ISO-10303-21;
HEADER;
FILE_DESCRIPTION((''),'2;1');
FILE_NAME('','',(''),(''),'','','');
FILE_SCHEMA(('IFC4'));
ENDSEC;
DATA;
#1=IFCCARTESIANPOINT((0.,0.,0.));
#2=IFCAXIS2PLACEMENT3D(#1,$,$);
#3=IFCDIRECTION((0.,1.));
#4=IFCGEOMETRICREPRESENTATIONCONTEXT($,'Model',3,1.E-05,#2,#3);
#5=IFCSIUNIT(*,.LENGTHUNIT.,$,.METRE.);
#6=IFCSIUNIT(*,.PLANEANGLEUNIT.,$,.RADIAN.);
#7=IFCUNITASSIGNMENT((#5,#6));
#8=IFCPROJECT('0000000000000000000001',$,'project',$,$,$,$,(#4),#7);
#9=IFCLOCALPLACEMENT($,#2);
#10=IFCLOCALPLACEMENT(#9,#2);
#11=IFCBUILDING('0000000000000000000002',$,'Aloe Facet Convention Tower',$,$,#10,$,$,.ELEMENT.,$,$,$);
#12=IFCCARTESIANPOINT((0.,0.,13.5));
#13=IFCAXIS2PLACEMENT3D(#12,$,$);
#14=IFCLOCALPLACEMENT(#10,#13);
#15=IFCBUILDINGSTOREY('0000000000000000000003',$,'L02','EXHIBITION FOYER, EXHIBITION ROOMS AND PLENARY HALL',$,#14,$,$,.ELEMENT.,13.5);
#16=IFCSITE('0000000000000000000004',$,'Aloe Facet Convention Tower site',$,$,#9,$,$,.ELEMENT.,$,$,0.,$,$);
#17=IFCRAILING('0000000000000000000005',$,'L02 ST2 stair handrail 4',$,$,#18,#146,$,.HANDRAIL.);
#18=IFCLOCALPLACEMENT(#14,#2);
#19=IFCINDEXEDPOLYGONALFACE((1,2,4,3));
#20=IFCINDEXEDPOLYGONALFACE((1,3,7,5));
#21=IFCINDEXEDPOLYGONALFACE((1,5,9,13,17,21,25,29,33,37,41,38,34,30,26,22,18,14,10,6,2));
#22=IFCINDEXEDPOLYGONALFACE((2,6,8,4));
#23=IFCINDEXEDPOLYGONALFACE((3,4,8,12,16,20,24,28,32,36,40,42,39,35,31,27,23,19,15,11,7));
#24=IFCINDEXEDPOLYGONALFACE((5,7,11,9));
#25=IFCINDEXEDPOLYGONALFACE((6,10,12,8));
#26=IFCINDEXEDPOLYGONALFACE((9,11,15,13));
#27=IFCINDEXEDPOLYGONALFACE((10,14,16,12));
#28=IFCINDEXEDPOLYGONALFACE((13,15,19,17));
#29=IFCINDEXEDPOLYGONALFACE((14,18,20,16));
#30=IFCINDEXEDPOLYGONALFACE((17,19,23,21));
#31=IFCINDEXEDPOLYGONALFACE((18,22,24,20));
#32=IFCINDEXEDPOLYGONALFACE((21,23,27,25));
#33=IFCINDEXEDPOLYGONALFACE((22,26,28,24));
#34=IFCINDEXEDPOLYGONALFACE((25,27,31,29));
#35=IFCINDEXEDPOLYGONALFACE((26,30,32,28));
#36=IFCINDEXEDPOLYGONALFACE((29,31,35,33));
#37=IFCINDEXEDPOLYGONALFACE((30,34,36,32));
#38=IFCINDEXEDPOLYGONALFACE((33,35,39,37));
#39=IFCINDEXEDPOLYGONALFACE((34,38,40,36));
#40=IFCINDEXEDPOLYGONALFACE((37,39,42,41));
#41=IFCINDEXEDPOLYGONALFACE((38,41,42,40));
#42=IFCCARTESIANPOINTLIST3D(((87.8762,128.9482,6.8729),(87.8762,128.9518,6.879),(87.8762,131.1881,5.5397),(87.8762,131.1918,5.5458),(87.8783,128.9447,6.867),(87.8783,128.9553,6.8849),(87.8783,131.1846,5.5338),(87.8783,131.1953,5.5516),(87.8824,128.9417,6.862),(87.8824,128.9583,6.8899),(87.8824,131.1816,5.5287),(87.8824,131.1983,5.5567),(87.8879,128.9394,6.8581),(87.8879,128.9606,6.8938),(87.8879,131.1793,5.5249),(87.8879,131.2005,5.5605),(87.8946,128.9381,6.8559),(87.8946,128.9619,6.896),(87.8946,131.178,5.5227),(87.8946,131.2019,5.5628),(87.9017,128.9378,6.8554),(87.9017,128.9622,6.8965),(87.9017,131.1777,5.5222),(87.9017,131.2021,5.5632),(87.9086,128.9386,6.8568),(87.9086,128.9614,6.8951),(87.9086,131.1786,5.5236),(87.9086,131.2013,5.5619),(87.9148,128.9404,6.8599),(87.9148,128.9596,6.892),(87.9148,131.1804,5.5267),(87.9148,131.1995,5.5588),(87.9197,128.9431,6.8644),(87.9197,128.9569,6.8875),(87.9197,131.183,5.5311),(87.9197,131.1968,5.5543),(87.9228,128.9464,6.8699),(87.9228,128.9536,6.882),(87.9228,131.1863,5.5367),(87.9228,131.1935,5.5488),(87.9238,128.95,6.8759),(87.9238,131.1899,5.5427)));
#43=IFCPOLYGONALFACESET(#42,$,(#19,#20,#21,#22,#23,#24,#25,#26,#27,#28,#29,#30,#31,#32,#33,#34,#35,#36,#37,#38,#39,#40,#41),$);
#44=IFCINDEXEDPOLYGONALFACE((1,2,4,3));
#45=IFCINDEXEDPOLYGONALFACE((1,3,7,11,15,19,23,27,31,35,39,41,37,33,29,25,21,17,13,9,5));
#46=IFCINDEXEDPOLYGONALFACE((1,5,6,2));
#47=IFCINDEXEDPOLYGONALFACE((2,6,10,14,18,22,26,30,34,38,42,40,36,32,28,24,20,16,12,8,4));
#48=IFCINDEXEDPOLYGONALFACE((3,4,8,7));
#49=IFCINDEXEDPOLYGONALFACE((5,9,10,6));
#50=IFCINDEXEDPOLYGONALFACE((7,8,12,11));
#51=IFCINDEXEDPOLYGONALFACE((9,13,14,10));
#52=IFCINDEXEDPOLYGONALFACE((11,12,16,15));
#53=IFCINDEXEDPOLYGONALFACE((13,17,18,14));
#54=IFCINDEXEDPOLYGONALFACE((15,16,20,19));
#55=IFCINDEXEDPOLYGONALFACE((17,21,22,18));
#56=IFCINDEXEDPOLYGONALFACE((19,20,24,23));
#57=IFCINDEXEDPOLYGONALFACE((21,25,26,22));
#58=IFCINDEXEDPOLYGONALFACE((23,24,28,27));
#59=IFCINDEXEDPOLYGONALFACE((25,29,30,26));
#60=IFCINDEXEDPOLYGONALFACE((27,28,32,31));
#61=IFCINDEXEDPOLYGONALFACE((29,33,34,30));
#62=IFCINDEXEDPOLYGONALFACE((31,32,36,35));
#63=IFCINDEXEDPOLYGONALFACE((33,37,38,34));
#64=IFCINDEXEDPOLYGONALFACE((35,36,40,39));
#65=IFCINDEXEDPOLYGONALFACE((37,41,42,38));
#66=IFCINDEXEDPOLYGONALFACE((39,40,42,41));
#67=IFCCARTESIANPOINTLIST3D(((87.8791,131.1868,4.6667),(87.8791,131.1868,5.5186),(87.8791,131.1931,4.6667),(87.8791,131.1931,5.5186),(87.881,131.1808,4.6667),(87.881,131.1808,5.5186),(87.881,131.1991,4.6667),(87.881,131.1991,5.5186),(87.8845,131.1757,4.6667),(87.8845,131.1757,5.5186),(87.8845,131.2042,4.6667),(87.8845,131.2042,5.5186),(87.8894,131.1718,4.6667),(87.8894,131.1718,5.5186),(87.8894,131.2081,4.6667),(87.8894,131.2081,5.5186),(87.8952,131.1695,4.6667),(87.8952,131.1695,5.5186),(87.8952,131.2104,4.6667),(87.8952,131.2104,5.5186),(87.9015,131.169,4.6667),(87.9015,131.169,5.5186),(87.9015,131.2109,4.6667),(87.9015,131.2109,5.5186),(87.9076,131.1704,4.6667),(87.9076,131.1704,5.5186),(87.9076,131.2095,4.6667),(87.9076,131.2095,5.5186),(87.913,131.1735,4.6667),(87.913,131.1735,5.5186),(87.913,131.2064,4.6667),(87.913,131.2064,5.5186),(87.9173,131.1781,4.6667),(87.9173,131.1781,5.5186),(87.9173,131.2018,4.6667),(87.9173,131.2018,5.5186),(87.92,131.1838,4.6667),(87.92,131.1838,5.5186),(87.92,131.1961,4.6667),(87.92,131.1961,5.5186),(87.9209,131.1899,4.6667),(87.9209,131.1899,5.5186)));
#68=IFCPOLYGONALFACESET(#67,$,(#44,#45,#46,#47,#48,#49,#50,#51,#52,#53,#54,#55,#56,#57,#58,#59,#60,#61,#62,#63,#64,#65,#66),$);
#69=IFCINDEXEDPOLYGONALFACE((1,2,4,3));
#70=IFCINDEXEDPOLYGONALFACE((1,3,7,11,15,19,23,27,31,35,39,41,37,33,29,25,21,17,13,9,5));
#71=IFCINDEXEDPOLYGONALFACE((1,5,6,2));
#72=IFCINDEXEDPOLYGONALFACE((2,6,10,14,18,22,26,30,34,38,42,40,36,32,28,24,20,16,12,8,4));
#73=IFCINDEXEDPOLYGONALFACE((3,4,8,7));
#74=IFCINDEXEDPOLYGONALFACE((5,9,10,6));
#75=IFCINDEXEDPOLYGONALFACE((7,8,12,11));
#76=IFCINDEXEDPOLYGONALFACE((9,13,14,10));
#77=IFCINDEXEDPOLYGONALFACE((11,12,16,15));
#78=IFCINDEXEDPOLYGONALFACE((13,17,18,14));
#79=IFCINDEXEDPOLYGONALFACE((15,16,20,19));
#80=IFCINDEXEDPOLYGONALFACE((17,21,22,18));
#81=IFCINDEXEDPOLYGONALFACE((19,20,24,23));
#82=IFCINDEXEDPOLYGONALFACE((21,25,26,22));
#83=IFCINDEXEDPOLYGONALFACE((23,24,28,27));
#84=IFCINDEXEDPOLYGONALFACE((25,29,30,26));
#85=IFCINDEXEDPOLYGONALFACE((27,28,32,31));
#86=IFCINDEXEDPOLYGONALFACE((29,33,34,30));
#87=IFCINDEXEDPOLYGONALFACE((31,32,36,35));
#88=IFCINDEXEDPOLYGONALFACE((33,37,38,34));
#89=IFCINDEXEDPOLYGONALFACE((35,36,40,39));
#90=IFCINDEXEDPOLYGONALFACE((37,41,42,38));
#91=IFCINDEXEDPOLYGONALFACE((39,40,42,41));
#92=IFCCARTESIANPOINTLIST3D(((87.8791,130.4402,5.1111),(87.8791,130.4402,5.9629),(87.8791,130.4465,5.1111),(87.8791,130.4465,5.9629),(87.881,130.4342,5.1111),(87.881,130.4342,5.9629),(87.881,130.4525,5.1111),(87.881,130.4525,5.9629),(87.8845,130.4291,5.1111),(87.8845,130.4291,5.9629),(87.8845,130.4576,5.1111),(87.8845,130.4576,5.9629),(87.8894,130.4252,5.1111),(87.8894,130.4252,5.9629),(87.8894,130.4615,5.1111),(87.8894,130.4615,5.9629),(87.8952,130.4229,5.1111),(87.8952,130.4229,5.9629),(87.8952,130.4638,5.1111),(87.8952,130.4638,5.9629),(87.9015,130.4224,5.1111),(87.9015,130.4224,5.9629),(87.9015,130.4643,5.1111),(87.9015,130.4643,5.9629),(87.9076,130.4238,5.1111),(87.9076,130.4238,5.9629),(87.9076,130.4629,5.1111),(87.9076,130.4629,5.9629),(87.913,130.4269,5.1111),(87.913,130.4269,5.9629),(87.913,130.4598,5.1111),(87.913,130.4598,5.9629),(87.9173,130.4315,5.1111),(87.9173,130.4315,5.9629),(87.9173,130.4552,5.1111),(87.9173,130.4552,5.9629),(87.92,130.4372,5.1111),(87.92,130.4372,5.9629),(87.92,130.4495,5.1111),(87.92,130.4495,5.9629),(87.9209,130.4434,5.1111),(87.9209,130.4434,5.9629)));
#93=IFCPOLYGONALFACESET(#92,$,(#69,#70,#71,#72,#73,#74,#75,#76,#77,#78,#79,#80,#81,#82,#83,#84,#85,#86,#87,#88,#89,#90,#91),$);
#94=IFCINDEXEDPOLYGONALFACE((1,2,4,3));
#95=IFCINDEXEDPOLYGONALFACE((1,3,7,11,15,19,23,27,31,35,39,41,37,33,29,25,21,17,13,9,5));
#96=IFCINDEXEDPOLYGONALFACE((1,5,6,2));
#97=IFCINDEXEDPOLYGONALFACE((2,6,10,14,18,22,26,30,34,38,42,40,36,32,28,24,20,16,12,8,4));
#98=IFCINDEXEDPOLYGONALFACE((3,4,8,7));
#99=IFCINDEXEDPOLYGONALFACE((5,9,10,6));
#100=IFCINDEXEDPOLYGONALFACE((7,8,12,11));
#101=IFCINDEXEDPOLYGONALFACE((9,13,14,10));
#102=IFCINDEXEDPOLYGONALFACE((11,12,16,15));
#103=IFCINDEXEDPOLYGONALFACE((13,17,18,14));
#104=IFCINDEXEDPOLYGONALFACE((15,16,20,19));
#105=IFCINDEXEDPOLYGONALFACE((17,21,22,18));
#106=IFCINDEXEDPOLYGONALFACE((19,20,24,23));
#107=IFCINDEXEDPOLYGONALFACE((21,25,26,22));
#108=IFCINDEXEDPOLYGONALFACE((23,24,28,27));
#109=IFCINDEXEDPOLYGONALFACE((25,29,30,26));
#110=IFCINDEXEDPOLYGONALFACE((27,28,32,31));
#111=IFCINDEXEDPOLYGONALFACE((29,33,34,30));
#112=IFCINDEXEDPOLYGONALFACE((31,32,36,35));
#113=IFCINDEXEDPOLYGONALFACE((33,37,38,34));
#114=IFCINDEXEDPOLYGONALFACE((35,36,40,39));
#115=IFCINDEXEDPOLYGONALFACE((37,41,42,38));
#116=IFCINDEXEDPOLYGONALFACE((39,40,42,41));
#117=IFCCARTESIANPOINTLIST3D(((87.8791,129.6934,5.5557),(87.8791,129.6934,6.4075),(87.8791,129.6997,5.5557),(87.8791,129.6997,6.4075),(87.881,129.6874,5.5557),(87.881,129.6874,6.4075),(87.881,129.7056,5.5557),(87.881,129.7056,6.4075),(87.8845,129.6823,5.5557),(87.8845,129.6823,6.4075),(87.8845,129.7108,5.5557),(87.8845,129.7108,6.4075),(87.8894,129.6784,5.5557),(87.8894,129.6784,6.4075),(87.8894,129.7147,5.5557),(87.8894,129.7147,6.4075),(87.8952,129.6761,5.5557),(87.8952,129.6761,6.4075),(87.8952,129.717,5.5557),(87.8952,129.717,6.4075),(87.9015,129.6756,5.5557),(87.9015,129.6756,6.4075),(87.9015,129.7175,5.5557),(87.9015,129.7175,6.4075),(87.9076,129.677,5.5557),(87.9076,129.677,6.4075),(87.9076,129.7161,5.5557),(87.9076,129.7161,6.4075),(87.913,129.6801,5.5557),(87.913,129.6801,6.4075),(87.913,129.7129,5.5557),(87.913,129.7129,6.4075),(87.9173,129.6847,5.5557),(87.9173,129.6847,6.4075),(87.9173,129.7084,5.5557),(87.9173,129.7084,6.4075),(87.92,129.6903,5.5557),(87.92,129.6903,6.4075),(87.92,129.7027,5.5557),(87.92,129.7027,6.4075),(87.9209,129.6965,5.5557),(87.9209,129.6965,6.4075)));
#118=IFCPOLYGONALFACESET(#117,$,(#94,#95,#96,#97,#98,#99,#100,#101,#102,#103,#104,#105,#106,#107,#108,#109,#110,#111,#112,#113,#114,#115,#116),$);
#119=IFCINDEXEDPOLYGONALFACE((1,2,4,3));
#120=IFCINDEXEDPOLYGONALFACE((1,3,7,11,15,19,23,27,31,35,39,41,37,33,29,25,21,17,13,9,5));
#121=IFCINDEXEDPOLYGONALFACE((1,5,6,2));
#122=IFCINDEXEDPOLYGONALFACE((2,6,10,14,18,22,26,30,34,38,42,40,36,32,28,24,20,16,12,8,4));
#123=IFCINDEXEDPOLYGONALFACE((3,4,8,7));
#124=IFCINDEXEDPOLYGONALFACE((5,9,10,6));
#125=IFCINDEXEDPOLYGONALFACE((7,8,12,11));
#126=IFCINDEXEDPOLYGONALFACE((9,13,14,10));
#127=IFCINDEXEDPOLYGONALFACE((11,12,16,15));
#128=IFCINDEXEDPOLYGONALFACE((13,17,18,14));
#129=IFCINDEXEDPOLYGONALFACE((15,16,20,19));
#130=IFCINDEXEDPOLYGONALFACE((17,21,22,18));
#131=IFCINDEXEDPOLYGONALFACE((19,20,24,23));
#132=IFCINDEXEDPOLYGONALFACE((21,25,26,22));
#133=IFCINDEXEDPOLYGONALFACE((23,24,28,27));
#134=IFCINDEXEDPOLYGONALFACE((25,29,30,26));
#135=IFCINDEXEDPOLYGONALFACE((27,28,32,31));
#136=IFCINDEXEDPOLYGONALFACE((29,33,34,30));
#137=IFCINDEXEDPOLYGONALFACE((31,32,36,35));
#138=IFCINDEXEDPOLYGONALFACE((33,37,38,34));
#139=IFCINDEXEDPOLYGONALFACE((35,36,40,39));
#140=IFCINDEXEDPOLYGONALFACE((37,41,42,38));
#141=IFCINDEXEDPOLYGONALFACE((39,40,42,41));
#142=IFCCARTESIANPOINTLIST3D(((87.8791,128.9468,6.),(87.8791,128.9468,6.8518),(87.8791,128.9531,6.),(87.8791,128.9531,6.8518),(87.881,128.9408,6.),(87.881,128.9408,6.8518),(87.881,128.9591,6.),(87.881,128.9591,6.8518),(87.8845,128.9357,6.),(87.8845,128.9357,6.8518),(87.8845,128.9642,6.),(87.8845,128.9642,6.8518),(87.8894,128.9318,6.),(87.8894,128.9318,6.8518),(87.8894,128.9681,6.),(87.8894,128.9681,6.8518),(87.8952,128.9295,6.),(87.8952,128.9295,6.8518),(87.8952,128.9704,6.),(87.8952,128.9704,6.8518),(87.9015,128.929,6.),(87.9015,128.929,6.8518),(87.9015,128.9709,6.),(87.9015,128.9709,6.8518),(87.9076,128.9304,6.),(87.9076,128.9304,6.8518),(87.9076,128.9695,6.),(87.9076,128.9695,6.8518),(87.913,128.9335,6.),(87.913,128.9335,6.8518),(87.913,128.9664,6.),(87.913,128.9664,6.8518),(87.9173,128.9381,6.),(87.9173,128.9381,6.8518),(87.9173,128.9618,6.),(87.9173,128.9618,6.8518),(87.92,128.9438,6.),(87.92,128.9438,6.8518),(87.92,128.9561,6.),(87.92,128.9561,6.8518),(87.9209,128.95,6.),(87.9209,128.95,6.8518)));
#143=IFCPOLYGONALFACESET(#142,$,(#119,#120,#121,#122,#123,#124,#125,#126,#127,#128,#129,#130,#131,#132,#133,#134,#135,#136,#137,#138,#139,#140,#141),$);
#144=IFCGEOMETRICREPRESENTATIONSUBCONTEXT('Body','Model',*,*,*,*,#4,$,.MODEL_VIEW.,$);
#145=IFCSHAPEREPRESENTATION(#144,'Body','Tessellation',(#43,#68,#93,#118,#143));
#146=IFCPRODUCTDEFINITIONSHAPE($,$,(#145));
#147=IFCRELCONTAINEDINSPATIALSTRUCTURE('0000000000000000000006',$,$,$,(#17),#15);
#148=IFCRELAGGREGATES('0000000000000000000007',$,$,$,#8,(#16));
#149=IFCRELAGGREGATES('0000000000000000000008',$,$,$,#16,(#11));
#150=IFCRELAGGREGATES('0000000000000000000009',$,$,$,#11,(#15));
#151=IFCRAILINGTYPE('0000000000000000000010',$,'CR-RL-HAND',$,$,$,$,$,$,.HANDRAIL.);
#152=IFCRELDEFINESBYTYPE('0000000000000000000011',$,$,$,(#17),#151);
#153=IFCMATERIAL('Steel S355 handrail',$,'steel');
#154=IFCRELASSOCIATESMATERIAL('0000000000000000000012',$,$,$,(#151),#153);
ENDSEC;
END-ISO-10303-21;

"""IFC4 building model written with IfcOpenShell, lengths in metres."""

from ifc_helpers import new_model, si_unit, direction, frame, origin, origin_2d, place, context, subcontext, project, spatial, circle, extrude, material, type_object, element, save


model = new_model("IFC4")

# Units and contexts
model_context = context("Model", 3, precision=1e-05, world=origin(), true_north=direction((0.0, 1.0)))
body_context = subcontext(model_context, "Body", "Model", "MODEL_VIEW")
ifc_project = project(units=[si_unit("LENGTHUNIT", "METRE"), si_unit("PLANEANGLEUNIT", "RADIAN")], contexts=[model_context])

# Site, building, storey
site_placement = place(None, origin())
site = spatial("IfcSite", under=ifc_project, at=site_placement, Name="Aloe Facet Convention Tower site", CompositionType="ELEMENT", RefElevation=0.0)
building_placement = place(site_placement, origin())
building = spatial("IfcBuilding", under=site, at=building_placement, Name="Aloe Facet Convention Tower", CompositionType="ELEMENT")
storey_placement = place(building_placement, frame((0.0, 0.0, 13.5)))
storey = spatial("IfcBuildingStorey", under=building, at=storey_placement, Name="L02", Description="EXHIBITION FOYER, EXHIBITION ROOMS AND PLENARY HALL", CompositionType="ELEMENT", Elevation=13.5)

# Railing
ifc_material_1 = material(Name="Steel S355 handrail", Category="steel")
railing_type = type_object("IfcRailingType", Name="CR-RL-HAND", PredefinedType="HANDRAIL", material=ifc_material_1)
for number, where, name in (
    (1, (87.8999, 131.1899, 4.6667), "L02 ST2 stair handrail 4"),
):
    element("IfcRailing", number, at=place(storey_placement, frame(where)), inside=storey, type_object=railing_type, Name=name, PredefinedType="HANDRAIL", context=body_context, shape_type="SweptSolid", body=[
        extrude(circle(Radius=0.0239, at=origin_2d()), frame((0.0, 0.0, 0.876), z_axis=(0.0, -0.859306, 0.511462), x_axis=(1.0, 0.0, 0.0)), (0.0, 0.0, 1.0), 2.6067),
        extrude(circle(Radius=0.021, at=origin_2d()), origin(), (0.0, 0.0, 1.0), 0.8518),
        extrude(circle(Radius=0.021, at=origin_2d()), frame((0.0, -0.7466, 0.4443)), (0.0, 0.0, 1.0), 0.8518),
        extrude(circle(Radius=0.021, at=origin_2d()), frame((0.0, -1.4934, 0.8889)), (0.0, 0.0, 1.0), 0.8518),
        extrude(circle(Radius=0.021, at=origin_2d()), frame((0.0, -2.24, 1.3333)), (0.0, 0.0, 1.0), 0.8518),
    ])

save(model, "model.ifc")
